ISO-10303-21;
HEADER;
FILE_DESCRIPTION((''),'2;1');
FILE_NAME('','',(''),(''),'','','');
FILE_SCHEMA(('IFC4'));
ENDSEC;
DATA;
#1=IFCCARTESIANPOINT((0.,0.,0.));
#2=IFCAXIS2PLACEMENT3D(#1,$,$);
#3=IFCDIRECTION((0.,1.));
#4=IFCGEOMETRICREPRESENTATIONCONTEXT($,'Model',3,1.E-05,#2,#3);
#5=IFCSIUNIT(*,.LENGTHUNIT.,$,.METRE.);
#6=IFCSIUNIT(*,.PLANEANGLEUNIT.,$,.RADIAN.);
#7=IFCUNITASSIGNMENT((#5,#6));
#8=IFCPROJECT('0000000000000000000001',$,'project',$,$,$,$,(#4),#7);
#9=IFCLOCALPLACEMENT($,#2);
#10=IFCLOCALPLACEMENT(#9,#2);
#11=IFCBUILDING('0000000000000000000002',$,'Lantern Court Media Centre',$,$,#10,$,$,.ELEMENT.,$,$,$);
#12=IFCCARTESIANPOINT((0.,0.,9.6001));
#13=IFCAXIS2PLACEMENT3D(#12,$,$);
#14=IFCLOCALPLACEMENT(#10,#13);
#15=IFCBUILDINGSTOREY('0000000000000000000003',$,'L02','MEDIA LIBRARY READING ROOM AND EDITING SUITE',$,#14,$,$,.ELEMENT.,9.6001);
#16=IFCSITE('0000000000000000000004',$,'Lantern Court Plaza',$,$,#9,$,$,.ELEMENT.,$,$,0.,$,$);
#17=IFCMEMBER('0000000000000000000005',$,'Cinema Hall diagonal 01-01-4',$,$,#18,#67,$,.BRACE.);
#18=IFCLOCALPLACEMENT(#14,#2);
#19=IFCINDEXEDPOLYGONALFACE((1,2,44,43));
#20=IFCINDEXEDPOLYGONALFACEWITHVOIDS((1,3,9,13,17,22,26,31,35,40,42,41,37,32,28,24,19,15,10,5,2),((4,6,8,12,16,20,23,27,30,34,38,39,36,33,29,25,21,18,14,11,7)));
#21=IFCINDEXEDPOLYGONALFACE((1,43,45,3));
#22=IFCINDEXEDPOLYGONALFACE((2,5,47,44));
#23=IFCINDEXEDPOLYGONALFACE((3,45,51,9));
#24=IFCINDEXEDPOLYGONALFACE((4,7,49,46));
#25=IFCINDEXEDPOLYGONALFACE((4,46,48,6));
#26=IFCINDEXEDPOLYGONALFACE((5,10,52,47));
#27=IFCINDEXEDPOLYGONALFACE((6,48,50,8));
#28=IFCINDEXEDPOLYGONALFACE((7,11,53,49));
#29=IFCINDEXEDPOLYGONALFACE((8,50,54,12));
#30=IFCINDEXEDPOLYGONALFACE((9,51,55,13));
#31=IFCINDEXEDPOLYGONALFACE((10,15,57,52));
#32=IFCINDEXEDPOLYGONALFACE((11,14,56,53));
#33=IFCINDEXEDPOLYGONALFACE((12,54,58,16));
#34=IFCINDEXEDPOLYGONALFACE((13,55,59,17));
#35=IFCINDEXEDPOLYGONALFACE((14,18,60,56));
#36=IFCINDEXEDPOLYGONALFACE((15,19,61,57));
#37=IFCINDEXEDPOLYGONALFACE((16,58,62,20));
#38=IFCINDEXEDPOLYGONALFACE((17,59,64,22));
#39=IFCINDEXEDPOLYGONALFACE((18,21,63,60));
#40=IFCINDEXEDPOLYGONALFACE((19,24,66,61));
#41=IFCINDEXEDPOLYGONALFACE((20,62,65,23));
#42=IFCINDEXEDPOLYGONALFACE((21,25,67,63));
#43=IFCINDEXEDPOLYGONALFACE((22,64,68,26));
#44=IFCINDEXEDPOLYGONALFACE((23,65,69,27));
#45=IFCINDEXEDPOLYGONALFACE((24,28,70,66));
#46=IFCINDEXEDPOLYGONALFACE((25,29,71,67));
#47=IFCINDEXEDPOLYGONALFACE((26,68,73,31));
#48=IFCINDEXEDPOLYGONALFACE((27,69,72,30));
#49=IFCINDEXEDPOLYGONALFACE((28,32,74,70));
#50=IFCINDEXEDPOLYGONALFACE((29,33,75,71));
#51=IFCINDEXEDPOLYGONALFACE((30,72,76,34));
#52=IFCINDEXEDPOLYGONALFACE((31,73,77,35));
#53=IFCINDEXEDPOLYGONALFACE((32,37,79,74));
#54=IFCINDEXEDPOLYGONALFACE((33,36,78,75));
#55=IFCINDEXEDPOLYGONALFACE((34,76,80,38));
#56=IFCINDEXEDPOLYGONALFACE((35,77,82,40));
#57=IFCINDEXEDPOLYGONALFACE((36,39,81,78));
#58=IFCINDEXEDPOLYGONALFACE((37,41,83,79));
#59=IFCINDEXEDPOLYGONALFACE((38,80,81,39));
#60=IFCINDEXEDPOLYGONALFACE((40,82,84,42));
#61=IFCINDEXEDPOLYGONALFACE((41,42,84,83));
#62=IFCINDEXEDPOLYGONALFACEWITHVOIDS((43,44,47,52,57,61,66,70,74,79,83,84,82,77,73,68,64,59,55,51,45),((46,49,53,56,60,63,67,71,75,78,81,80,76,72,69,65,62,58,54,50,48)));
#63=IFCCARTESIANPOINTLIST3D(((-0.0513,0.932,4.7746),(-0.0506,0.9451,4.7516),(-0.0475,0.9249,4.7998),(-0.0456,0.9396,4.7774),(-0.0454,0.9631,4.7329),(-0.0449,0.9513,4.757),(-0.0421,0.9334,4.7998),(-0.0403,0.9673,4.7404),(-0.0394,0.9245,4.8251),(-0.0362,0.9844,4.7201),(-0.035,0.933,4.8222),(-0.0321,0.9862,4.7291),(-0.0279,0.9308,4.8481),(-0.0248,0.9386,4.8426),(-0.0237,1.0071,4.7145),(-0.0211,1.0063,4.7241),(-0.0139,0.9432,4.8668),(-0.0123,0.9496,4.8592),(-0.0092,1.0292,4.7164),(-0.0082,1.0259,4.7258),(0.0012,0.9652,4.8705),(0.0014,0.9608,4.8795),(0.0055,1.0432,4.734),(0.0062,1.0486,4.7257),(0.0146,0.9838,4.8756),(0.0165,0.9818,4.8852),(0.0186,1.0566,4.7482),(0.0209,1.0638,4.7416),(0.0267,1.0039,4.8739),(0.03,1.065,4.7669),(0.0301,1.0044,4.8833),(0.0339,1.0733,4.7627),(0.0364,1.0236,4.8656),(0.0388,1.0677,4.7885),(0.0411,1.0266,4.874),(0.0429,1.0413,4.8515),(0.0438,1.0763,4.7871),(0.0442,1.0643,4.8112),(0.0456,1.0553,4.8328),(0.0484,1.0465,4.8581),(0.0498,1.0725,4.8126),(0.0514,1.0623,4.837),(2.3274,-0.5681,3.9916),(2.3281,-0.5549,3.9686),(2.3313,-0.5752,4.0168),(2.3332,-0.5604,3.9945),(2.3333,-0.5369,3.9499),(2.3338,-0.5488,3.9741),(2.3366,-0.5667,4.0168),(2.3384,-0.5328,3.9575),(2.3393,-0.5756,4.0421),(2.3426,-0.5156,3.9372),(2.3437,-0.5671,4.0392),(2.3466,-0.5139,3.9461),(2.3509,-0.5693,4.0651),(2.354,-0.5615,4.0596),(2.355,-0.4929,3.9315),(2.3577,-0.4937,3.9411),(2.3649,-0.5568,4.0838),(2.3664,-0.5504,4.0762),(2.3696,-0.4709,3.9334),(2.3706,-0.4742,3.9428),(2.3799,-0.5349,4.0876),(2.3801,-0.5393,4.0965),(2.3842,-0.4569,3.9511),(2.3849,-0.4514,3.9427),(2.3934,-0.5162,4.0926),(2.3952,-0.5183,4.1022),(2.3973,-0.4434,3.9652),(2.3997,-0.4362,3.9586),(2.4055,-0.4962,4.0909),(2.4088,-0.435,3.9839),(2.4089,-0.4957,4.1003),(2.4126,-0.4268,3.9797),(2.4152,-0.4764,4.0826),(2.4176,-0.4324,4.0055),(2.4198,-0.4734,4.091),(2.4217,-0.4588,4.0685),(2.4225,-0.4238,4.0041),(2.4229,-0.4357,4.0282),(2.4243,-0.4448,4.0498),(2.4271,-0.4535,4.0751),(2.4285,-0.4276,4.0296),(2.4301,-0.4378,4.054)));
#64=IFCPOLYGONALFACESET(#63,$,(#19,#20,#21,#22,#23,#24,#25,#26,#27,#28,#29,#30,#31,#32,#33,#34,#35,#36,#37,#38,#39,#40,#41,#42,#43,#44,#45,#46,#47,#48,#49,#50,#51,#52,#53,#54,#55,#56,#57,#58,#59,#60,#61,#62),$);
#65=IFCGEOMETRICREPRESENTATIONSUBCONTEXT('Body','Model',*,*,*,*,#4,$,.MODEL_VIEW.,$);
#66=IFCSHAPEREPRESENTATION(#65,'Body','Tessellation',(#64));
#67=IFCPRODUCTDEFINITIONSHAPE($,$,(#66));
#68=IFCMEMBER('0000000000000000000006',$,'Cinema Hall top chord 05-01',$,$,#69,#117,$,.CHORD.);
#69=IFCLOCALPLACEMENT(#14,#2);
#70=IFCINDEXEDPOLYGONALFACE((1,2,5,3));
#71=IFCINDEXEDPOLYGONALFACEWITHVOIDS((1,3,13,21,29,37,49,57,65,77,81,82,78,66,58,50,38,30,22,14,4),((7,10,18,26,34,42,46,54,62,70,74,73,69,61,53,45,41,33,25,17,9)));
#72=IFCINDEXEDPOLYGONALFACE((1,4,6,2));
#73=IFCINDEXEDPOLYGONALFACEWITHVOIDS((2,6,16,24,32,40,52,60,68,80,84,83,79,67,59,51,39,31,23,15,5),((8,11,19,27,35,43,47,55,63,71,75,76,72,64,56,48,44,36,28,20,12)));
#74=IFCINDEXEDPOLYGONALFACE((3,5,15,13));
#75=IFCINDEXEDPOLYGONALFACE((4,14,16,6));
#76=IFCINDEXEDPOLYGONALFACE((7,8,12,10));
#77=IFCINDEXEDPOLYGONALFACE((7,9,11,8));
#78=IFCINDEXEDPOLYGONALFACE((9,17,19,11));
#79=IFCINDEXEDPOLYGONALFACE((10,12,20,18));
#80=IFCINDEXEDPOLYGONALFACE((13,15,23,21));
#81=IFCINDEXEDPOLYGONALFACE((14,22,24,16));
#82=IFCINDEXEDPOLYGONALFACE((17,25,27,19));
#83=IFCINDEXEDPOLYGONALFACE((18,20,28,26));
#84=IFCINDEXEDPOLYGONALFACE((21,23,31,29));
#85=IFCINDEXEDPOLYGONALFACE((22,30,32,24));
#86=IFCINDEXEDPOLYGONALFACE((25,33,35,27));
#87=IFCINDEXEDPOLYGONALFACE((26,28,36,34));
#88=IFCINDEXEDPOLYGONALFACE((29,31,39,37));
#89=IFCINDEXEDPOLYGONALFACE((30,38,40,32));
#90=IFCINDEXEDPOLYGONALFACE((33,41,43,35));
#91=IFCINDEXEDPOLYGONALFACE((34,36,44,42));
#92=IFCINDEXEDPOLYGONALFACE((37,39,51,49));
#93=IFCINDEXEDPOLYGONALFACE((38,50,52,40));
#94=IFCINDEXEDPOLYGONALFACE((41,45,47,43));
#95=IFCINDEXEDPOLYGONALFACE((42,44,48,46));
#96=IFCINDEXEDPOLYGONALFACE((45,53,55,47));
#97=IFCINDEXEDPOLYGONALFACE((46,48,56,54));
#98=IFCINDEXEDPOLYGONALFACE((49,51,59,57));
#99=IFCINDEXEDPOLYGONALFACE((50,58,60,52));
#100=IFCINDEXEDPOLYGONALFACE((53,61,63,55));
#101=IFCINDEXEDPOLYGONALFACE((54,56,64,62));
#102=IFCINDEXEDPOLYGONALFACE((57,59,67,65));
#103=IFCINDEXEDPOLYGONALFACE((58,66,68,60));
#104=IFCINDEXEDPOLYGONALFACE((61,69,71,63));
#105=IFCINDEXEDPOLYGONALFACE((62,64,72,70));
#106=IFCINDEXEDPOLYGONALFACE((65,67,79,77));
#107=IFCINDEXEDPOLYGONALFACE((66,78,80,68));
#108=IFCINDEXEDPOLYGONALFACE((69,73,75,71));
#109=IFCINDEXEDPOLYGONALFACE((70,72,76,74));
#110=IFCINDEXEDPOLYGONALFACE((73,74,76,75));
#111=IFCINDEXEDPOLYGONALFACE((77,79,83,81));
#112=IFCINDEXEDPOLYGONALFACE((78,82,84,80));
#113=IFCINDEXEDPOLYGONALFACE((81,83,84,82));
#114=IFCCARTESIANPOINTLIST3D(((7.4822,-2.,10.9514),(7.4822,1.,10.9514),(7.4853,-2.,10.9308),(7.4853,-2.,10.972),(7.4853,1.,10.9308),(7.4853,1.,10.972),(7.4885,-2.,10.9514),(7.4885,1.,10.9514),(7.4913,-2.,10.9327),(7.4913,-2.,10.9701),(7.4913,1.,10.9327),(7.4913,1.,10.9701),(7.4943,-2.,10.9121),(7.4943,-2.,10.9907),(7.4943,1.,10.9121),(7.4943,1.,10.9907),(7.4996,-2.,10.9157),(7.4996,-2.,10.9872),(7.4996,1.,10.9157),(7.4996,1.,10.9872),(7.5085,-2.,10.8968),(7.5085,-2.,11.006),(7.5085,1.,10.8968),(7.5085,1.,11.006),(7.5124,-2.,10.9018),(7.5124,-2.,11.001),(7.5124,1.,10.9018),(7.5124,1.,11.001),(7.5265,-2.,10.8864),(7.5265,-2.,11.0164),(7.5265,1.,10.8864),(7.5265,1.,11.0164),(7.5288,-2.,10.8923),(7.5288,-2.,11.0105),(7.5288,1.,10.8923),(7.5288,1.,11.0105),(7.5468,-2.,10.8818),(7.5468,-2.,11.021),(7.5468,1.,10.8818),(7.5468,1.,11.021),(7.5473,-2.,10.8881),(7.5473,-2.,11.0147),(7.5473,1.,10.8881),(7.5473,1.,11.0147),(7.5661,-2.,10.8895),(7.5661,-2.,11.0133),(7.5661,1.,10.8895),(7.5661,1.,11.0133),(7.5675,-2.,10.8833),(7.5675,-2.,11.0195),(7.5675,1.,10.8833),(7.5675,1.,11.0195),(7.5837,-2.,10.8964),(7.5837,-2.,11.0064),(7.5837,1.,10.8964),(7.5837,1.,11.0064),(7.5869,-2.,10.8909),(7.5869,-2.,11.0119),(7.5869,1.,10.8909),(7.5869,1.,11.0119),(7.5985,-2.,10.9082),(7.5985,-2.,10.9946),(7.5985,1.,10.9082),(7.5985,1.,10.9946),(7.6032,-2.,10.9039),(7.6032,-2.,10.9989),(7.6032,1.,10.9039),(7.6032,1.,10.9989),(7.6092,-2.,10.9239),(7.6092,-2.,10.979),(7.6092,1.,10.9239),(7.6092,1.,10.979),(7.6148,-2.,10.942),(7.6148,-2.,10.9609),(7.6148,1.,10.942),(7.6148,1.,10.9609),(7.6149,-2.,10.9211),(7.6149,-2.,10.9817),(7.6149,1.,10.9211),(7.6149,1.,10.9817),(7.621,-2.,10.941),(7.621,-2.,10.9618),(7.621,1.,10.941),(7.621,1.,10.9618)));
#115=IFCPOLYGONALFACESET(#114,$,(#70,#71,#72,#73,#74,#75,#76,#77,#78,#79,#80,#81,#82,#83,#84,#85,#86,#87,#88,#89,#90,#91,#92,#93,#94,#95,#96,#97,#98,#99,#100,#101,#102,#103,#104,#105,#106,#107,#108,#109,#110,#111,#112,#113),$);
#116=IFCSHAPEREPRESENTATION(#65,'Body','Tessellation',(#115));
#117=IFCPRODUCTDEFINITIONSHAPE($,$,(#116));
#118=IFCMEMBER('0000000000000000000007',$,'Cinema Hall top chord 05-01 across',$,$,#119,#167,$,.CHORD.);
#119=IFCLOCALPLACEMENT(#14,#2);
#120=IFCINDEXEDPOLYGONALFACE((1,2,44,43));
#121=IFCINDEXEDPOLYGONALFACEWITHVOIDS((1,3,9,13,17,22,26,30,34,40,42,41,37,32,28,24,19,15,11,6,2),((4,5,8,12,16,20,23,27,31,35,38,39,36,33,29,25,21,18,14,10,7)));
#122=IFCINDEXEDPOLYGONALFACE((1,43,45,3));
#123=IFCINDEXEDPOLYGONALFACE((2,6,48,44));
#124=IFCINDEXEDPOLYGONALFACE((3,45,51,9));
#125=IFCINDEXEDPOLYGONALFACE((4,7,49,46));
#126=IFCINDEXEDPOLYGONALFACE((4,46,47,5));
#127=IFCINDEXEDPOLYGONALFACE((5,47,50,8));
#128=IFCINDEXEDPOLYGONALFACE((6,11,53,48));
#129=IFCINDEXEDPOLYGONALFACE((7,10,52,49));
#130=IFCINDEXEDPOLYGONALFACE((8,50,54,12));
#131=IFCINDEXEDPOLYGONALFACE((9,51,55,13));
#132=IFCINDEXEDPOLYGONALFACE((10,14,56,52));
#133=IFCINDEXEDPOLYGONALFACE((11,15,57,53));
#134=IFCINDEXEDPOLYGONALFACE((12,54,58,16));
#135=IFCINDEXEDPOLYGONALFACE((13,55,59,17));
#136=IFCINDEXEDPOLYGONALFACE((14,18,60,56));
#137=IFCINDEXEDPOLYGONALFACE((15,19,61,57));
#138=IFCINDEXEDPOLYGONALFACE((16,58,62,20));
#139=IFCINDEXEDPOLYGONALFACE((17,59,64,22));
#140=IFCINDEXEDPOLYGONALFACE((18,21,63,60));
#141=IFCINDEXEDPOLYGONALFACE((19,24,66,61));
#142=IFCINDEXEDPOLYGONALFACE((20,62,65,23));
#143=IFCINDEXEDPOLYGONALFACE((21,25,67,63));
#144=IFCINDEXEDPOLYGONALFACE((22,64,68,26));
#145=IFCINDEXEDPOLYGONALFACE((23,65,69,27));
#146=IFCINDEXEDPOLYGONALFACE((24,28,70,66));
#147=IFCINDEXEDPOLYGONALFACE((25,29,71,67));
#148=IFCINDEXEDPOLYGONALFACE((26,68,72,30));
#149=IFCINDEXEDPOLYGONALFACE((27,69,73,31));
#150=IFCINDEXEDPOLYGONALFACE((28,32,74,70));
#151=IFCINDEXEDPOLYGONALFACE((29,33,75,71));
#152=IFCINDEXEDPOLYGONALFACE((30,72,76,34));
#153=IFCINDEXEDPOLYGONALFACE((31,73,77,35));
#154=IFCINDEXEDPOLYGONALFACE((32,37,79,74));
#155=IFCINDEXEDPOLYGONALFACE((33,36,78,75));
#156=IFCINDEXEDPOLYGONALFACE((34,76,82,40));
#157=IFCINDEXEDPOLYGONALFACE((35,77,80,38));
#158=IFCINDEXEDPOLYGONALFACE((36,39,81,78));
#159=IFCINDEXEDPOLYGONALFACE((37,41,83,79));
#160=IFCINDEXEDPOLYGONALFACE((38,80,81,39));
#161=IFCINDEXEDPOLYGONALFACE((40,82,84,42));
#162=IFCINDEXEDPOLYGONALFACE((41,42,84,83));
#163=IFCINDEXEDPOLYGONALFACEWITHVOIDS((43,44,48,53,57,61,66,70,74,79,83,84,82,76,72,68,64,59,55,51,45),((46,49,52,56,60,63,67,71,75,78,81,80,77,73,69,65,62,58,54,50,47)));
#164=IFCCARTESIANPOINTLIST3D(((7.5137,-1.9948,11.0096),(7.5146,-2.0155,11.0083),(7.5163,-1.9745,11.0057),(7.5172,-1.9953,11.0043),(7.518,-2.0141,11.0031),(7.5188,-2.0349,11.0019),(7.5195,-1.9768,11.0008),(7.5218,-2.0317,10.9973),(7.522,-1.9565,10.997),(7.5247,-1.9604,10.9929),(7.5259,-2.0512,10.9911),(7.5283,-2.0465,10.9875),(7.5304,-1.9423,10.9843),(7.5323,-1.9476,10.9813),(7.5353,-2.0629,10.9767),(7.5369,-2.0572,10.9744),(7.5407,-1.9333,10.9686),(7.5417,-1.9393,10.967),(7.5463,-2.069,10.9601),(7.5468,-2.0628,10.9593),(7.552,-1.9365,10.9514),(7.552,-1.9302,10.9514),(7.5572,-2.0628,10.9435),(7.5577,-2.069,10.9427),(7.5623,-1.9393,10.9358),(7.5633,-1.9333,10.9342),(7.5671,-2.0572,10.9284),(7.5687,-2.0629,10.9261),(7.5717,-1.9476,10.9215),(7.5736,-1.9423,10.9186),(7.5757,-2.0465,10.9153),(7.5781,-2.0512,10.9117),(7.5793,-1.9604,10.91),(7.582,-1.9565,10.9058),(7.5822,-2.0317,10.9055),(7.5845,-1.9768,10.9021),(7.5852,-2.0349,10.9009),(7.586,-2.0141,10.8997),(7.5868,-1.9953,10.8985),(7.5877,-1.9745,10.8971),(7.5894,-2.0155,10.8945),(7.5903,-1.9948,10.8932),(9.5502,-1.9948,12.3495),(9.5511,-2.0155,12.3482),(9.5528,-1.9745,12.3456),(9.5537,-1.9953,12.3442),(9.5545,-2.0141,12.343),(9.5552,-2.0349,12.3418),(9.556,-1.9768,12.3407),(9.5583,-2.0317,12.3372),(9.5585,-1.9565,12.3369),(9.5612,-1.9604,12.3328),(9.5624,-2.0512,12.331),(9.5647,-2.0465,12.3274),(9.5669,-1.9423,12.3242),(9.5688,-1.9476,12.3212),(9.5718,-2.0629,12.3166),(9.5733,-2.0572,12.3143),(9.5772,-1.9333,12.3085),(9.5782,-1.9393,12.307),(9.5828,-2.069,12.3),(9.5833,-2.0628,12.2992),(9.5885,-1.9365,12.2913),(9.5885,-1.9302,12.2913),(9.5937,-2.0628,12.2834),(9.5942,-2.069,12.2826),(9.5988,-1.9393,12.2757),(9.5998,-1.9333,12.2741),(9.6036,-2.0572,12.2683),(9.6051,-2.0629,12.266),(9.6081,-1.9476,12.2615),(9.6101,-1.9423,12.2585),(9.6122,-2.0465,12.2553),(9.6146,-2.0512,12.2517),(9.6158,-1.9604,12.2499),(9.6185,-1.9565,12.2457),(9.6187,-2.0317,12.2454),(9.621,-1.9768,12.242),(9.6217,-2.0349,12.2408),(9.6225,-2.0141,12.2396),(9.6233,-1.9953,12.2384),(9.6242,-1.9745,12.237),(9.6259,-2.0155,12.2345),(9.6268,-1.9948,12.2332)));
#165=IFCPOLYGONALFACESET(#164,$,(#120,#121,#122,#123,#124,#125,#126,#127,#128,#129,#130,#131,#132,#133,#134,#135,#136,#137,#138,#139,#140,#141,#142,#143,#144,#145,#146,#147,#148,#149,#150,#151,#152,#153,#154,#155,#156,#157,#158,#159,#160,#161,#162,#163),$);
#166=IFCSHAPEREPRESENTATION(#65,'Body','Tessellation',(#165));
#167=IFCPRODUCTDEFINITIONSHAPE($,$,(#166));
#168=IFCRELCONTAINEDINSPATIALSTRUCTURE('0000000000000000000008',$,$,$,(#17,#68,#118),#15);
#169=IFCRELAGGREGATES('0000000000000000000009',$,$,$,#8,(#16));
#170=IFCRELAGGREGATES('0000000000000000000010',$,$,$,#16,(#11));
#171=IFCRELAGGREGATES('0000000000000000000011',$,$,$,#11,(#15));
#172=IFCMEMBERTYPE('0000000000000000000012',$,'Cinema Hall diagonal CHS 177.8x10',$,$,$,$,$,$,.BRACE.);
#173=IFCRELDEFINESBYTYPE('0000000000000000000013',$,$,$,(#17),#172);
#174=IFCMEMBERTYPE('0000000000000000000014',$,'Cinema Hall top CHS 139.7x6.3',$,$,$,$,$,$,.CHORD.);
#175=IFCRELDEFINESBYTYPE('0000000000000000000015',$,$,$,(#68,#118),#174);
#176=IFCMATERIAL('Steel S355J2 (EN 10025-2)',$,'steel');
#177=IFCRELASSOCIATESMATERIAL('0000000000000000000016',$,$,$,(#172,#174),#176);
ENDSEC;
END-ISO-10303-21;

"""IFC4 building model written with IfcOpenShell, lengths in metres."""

from ifc_helpers import new_model, si_unit, direction, frame, origin, origin_2d, place, context, subcontext, project, spatial, hollow_circle, extrude, material, material_profile, profile_set, type_object, element, save


model = new_model("IFC4")

# Units and contexts
model_context = context("Model", 3, precision=1e-05, world=origin(), true_north=direction((0.0, 1.0)))
body_context = subcontext(model_context, "Body", "Model", "MODEL_VIEW")
ifc_project = project(units=[si_unit("LENGTHUNIT", "METRE"), si_unit("PLANEANGLEUNIT", "RADIAN")], contexts=[model_context])

# Site, building, storey
site_placement = place(None, origin())
site = spatial("IfcSite", under=ifc_project, at=site_placement, Name="Lantern Court Plaza", CompositionType="ELEMENT", RefElevation=0.0)
building_placement = place(site_placement, origin())
building = spatial("IfcBuilding", under=site, at=building_placement, Name="Lantern Court Media Centre", CompositionType="ELEMENT")
storey_placement = place(building_placement, frame((0.0, 0.0, 9.6001)))
storey = spatial("IfcBuildingStorey", under=building, at=storey_placement, Name="L02", Description="MEDIA LIBRARY READING ROOM AND EDITING SUITE", CompositionType="ELEMENT", Elevation=9.6001)

# Members
ifc_material = material(Name="Steel S355J2 (EN 10025-2)", Category="steel")
ifc_material_profile_1 = material_profile(ifc_material, hollow_circle(Radius=0.0889, WallThickness=0.01, at=origin_2d()), Name="Cinema Hall diagonal CHS 177.8x10")
ifc_profile_set_1 = profile_set([ifc_material_profile_1], Name="Steel S355J2 (EN 10025-2)")
member_type_1 = type_object("IfcMemberType", Name="Cinema Hall diagonal CHS 177.8x10", PredefinedType="BRACE", material=ifc_profile_set_1)
for number, where, z_axis, x_axis, name in (
    (1, (2.3787, -0.5, 4.0168), (-0.814866, 0.51386, 0.268221), (-0.533405, -0.84586, 0.0), "Cinema Hall diagonal 01-01-4"),
):
    element("IfcMember", number, at=place(storey_placement, frame(where, z_axis=z_axis, x_axis=x_axis)), inside=storey, type_object=member_type_1, Name=name, PredefinedType="BRACE", context=body_context, shape_type="SweptSolid", body=[
        extrude(hollow_circle(Radius=0.0889, WallThickness=0.01, at=origin_2d()), origin(), (0.0, 0.0, 1.0), 2.9192),
    ])
ifc_material_profile_2 = material_profile(ifc_material, hollow_circle(Radius=0.0698, WallThickness=0.0063, at=origin_2d()), Name="Cinema Hall top CHS 139.7x6.3")
ifc_profile_set_2 = profile_set([ifc_material_profile_2], Name="Steel S355J2 (EN 10025-2)")
member_type_2 = type_object("IfcMemberType", Name="Cinema Hall top CHS 139.7x6.3", PredefinedType="CHORD", material=ifc_profile_set_2)
member_1_placement = place(storey_placement, frame((7.552, -2.0, 10.9514), z_axis=(0.0, 1.0, 0.0), x_axis=(-1.0, 0.0, 0.0)))
element("IfcMember", 2, at=member_1_placement, inside=storey, type_object=member_type_2, Name="Cinema Hall top chord 05-01", PredefinedType="CHORD", context=body_context, shape_type="SweptSolid", body=[
    extrude(hollow_circle(Radius=0.0698, WallThickness=0.0063, at=origin_2d()), origin(), (0.0, 0.0, 1.0), 3.0),
])
member_2_placement = place(storey_placement, frame((7.552, -2.0, 10.9514), z_axis=(0.835394, 0.0, 0.549651), x_axis=(0.0, 1.0, 0.0)))
element("IfcMember", 3, at=member_2_placement, inside=storey, type_object=member_type_2, Name="Cinema Hall top chord 05-01 across", PredefinedType="CHORD", context=body_context, shape_type="SweptSolid", body=[
    extrude(hollow_circle(Radius=0.0698, WallThickness=0.0063, at=origin_2d()), origin(), (0.0, 0.0, 1.0), 2.4377),
])

save(model, "model.ifc")
